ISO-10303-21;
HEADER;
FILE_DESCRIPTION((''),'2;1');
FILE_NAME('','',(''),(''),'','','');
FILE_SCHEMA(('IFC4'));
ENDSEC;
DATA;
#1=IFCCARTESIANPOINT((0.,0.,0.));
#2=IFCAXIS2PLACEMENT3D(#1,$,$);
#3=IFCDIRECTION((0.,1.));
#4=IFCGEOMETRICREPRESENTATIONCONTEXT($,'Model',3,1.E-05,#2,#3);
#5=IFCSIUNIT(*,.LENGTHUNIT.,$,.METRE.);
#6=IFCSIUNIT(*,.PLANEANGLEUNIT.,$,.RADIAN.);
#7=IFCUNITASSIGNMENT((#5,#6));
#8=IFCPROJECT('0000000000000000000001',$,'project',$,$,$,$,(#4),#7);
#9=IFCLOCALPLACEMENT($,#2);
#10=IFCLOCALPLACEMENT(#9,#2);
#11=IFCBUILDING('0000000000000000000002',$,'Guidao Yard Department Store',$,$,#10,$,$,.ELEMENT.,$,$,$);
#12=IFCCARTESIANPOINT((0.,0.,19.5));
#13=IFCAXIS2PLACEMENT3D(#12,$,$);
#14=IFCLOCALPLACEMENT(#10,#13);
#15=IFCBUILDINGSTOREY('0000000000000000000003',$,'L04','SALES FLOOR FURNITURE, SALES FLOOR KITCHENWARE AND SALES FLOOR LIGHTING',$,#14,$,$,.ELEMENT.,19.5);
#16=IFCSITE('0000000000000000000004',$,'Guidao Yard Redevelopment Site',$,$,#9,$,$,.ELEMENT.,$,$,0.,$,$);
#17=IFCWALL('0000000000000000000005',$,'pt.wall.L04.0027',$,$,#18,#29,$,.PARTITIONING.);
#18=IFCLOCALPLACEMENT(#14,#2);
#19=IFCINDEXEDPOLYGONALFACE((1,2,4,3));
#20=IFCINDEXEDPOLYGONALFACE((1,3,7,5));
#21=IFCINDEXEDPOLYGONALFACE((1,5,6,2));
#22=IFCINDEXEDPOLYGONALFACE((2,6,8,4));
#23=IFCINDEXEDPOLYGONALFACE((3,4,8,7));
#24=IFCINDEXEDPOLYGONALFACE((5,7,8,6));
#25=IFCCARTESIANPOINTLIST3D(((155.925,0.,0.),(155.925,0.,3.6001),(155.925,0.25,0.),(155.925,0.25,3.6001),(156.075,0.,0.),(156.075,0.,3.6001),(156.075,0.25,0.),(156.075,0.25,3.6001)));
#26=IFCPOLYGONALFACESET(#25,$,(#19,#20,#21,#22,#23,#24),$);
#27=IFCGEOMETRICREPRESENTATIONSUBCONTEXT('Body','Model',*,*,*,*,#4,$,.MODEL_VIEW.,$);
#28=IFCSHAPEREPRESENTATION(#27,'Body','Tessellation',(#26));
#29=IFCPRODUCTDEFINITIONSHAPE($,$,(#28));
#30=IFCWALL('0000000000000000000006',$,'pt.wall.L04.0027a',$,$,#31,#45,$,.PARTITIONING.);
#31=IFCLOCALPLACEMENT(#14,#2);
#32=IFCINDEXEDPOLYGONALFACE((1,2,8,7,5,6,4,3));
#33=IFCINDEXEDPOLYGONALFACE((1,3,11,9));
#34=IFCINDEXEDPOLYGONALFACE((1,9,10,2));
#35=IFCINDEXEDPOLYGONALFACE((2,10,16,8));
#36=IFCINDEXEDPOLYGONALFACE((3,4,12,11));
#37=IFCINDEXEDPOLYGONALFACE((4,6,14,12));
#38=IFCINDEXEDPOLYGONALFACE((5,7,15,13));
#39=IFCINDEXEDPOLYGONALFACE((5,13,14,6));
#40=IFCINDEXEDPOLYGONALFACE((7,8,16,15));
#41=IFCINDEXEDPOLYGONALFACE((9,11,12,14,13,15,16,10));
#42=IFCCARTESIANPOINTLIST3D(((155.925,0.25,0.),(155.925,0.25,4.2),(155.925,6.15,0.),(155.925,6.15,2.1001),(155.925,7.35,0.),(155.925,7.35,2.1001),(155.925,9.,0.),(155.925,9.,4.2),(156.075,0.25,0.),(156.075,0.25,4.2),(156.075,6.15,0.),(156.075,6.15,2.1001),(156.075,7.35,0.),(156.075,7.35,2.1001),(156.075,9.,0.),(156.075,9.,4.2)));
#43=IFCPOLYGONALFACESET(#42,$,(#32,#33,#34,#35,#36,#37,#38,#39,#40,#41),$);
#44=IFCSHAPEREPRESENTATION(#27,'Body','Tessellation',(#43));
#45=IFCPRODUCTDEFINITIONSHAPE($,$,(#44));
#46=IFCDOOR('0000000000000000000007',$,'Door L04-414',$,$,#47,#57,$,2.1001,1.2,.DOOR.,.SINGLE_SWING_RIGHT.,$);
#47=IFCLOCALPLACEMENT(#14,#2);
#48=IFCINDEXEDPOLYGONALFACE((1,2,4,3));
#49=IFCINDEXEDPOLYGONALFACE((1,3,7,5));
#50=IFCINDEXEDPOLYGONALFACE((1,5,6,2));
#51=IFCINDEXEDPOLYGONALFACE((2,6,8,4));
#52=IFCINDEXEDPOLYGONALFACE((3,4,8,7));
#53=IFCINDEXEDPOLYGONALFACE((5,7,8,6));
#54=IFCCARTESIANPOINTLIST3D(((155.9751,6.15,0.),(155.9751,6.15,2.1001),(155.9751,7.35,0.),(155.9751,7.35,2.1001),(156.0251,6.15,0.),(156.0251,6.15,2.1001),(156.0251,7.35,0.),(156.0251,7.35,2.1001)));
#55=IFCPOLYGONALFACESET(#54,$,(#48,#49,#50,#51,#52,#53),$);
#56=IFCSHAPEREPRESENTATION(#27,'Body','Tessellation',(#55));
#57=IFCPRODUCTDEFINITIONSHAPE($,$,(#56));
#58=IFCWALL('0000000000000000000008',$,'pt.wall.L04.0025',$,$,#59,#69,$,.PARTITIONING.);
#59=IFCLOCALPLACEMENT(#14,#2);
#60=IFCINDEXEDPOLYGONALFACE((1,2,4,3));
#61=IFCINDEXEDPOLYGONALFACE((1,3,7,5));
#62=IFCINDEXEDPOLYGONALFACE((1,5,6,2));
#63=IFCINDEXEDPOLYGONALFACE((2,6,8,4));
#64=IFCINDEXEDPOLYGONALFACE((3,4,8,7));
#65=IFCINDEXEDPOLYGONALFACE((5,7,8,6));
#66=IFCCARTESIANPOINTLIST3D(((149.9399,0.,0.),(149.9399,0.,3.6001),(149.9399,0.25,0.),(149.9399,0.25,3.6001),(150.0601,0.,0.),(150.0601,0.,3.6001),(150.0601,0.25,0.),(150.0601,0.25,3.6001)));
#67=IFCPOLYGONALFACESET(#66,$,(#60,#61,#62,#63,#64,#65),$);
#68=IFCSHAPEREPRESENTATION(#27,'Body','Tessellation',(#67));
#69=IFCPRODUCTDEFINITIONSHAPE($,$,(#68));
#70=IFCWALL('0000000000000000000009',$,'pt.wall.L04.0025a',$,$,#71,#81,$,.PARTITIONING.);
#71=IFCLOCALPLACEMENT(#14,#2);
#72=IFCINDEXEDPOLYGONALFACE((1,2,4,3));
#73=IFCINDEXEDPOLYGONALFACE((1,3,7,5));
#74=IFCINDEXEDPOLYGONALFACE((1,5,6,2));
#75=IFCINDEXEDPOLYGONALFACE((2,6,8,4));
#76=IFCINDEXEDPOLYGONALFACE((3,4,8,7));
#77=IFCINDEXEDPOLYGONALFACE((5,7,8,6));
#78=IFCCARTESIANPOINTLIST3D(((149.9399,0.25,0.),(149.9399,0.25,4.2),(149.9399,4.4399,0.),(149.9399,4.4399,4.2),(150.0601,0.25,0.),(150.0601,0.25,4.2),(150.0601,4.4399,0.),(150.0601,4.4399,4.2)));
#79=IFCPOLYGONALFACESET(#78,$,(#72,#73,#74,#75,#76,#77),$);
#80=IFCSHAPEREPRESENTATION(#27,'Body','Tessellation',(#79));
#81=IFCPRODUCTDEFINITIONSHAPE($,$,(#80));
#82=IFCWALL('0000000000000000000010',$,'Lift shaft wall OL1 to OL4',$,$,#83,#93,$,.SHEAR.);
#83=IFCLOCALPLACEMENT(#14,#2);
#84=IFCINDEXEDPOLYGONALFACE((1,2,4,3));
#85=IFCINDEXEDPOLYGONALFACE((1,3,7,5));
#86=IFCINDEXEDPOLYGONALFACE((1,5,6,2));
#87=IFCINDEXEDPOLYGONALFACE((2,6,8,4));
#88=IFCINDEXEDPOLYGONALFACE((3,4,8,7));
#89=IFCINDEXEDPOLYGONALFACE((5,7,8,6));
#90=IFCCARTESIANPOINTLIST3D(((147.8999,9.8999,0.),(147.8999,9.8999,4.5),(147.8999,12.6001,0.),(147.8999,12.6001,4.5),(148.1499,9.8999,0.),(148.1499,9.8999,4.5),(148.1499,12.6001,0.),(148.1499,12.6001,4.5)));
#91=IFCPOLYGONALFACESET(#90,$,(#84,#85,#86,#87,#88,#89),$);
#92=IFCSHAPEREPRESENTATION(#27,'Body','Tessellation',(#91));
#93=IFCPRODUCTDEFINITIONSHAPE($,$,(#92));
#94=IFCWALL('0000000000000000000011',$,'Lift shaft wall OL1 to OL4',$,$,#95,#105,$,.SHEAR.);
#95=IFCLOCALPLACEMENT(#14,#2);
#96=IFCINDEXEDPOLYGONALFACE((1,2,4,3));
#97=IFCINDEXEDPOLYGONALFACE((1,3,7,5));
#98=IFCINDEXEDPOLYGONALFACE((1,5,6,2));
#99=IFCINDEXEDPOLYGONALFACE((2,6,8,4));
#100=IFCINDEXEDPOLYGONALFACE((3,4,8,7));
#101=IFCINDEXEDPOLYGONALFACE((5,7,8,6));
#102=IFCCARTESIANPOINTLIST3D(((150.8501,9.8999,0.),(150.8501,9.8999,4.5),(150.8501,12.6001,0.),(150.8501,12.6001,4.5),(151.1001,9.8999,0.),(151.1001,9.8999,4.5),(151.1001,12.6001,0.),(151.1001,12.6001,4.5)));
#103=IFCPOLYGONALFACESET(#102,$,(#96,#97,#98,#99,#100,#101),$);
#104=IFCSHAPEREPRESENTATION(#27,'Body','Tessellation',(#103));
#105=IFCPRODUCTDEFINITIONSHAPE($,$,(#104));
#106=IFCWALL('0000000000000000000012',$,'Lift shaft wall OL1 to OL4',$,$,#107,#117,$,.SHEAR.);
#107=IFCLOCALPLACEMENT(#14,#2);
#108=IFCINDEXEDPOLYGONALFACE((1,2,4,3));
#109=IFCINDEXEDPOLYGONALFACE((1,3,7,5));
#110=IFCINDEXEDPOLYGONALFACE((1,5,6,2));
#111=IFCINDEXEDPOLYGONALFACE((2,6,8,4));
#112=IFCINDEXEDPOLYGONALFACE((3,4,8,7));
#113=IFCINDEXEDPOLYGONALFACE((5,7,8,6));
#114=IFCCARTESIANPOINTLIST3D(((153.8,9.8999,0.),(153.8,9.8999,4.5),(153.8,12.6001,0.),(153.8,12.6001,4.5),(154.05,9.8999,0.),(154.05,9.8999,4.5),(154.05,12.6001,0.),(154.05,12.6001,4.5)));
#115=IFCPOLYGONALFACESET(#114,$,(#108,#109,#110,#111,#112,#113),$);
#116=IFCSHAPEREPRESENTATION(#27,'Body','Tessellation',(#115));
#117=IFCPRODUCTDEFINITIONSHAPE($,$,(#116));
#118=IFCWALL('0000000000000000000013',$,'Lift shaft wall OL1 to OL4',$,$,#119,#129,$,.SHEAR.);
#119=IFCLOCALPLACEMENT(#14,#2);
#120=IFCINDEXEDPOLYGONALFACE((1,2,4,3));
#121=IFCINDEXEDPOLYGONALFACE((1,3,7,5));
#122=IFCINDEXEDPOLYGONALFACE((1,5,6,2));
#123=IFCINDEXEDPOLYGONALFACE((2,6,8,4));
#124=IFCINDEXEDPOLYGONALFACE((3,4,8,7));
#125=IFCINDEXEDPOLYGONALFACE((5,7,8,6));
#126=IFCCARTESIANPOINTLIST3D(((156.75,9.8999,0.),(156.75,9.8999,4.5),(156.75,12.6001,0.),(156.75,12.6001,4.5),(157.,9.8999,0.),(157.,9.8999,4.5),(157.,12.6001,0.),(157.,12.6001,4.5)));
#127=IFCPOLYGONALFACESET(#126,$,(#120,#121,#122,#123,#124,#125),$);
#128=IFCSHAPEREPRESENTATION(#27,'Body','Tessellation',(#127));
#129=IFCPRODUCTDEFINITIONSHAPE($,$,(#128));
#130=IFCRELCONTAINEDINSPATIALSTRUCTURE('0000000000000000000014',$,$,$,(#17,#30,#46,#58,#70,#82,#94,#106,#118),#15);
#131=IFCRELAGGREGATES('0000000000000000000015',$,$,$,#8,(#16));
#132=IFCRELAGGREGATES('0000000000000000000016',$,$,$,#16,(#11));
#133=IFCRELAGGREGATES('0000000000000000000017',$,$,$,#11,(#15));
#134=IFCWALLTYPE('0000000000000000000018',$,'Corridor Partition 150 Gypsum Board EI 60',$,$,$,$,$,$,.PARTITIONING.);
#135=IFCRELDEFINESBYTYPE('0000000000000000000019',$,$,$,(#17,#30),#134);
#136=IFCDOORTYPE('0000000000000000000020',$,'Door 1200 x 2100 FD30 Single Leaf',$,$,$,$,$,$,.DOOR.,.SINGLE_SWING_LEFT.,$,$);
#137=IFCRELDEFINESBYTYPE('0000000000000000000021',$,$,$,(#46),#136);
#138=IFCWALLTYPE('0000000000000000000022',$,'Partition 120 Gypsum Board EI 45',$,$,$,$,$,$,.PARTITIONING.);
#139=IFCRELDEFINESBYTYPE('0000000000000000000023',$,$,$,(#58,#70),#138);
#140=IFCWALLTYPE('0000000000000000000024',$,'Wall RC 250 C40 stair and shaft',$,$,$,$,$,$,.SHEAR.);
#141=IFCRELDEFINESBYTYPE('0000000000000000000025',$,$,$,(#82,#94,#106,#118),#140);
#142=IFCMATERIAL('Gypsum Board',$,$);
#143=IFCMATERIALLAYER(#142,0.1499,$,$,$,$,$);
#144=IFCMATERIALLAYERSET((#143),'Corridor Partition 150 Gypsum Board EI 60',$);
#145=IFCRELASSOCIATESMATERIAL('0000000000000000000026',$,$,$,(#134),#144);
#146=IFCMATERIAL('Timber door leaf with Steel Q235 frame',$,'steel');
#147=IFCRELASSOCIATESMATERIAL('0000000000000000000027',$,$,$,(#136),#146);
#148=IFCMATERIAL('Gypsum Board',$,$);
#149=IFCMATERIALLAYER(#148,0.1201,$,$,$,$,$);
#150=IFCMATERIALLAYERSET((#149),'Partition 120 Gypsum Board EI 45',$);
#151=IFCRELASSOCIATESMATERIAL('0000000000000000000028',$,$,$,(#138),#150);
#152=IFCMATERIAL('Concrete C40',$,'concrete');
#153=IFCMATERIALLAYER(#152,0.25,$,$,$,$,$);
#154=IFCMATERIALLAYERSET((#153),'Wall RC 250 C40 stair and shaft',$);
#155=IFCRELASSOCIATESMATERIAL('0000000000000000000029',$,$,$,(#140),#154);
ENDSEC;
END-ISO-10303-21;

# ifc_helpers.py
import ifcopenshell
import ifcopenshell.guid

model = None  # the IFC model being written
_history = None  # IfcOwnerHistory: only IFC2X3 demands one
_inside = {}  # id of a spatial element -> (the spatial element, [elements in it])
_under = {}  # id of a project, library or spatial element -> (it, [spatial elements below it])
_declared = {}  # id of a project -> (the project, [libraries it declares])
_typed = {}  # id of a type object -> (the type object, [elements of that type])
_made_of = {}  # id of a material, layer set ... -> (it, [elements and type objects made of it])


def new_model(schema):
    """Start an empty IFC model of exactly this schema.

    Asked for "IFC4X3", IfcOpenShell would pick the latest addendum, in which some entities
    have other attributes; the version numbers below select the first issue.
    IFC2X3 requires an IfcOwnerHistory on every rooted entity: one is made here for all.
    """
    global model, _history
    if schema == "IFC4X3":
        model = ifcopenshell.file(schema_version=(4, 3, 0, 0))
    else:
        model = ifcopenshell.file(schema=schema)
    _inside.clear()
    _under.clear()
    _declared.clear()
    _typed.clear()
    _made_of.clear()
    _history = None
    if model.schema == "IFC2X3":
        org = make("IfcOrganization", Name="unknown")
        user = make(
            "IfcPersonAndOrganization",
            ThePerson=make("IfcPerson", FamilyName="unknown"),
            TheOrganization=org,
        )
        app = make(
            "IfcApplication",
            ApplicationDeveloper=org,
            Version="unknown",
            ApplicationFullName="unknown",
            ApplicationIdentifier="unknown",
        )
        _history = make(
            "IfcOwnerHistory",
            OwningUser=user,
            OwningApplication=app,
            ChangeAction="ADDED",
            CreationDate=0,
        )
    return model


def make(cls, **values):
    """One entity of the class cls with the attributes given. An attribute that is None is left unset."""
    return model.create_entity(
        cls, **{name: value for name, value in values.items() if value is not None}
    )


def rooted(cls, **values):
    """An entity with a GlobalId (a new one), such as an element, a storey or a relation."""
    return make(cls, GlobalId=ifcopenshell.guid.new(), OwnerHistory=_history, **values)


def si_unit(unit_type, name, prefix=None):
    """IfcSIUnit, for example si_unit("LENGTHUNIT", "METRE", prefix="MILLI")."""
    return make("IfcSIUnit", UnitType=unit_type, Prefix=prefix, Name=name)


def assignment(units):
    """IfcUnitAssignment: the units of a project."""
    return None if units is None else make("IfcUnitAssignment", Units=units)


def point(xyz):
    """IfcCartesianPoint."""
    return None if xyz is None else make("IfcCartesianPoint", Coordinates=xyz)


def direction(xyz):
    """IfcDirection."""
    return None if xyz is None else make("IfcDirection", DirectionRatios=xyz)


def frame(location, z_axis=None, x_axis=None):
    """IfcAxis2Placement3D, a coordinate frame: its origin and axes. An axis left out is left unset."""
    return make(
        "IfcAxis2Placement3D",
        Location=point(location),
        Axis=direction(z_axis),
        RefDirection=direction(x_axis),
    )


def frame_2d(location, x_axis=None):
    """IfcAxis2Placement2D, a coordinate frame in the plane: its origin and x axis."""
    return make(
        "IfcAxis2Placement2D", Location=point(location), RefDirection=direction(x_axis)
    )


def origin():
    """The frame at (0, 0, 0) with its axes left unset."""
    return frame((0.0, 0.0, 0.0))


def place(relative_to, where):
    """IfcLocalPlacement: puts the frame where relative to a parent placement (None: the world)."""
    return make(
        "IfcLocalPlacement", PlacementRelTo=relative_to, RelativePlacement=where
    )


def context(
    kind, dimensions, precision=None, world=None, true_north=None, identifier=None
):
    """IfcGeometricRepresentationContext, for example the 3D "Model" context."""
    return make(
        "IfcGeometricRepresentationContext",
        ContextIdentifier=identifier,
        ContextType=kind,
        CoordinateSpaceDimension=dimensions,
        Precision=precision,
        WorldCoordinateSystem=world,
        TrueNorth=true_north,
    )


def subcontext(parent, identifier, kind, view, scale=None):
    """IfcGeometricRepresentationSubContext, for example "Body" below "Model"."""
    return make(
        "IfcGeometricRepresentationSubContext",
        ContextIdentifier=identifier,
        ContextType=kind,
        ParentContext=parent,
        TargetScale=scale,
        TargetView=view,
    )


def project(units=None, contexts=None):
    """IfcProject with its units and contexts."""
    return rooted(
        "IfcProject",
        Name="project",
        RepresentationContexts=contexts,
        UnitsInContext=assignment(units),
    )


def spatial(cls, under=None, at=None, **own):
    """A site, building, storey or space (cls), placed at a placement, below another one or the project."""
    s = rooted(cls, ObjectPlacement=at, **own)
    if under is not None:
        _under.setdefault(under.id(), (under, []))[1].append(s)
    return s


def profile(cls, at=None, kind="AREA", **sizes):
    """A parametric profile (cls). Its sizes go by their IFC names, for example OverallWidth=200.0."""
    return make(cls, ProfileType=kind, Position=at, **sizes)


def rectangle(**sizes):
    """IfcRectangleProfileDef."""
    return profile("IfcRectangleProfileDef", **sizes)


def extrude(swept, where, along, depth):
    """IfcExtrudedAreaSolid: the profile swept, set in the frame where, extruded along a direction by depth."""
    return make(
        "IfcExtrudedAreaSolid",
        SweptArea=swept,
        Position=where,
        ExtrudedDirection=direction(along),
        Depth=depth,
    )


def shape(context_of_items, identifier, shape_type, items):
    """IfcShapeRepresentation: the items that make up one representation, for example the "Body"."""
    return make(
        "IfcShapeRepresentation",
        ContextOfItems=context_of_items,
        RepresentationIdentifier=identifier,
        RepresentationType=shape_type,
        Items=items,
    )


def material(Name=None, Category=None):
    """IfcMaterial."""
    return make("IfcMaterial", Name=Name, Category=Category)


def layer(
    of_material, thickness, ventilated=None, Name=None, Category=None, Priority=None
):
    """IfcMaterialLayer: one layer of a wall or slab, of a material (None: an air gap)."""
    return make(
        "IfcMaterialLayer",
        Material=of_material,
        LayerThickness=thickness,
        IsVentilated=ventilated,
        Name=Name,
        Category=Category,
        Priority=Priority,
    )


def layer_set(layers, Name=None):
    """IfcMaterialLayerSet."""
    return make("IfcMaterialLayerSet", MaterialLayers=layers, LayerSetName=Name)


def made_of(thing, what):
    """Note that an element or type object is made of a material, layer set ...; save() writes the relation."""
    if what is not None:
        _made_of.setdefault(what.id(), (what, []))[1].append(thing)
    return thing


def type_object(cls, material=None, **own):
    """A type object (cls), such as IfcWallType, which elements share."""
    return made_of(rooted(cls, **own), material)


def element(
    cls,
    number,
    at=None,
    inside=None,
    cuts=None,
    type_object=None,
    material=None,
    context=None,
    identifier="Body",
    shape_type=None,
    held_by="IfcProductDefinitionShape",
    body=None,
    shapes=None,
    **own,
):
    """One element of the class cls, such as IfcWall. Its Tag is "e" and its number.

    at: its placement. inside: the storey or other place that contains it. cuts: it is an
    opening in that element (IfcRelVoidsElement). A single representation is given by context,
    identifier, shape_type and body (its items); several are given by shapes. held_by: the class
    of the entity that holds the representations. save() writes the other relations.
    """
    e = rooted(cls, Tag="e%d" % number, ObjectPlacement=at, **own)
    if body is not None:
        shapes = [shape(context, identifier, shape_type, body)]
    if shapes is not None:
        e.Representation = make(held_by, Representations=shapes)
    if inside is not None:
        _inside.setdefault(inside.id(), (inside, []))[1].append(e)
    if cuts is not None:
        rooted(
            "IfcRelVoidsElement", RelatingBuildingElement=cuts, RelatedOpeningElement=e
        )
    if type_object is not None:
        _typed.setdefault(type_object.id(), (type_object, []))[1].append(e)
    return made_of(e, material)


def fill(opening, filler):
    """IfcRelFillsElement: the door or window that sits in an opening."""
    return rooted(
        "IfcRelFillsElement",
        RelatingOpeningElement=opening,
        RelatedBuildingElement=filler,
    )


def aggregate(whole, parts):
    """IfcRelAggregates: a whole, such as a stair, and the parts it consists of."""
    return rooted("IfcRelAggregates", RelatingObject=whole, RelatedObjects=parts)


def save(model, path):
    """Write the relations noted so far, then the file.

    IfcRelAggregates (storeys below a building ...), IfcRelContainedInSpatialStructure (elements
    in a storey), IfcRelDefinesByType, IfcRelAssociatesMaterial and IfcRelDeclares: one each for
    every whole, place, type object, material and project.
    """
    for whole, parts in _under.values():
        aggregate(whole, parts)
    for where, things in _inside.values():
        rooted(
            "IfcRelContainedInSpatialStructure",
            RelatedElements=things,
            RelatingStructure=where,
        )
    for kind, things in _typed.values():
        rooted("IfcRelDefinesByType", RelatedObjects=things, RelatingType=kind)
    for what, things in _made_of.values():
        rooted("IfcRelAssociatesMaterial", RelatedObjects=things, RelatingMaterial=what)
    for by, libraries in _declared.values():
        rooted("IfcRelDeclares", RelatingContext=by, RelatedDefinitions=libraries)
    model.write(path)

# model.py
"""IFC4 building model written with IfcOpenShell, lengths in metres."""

from ifc_helpers import new_model, si_unit, direction, frame, frame_2d, origin, place, context, subcontext, project, spatial, rectangle, extrude, material, layer, layer_set, type_object, element, fill, save


model = new_model("IFC4")

# Units and contexts
model_context = context("Model", 3, precision=1e-05, world=origin(), true_north=direction((0.0, 1.0)))
body_context = subcontext(model_context, "Body", "Model", "MODEL_VIEW")
ifc_project = project(units=[si_unit("LENGTHUNIT", "METRE"), si_unit("PLANEANGLEUNIT", "RADIAN")], contexts=[model_context])

# Site, building, storey
site_placement = place(None, origin())
site = spatial("IfcSite", under=ifc_project, at=site_placement, Name="Guidao Yard Redevelopment Site", CompositionType="ELEMENT", RefElevation=0.0)
building_placement = place(site_placement, origin())
building = spatial("IfcBuilding", under=site, at=building_placement, Name="Guidao Yard Department Store", CompositionType="ELEMENT")
storey_placement = place(building_placement, frame((0.0, 0.0, 19.5)))
storey = spatial("IfcBuildingStorey", under=building, at=storey_placement, Name="L04", Description="SALES FLOOR FURNITURE, SALES FLOOR KITCHENWARE AND SALES FLOOR LIGHTING", CompositionType="ELEMENT", Elevation=19.5)

# Wall
ifc_material_1 = material(Name="Gypsum Board")
ifc_layer_1 = layer(ifc_material_1, 0.1499)
ifc_layer_set_1 = layer_set([ifc_layer_1], Name="Corridor Partition 150 Gypsum Board EI 60")
wall_type_1 = type_object("IfcWallType", Name="Corridor Partition 150 Gypsum Board EI 60", PredefinedType="PARTITIONING", material=ifc_layer_set_1)
wall_1_placement = place(storey_placement, frame((156.0, 0.0, 0.0), z_axis=(0.0, 0.0, 1.0), x_axis=(0.0, 1.0, 0.0)))
element("IfcWall", 1, at=wall_1_placement, inside=storey, type_object=wall_type_1, Name="pt.wall.L04.0027", PredefinedType="PARTITIONING", context=body_context, shape_type="SweptSolid", body=[
    extrude(rectangle(XDim=0.25, YDim=0.1499, at=frame_2d((0.125, 0.0))), origin(), (0.0, 0.0, 1.0), 3.6001),
])

# Wall, opening, door
wall_2_placement = place(storey_placement, frame((156.0, 0.25, 0.0), z_axis=(0.0, 0.0, 1.0), x_axis=(0.0, 1.0, 0.0)))
wall_2 = element("IfcWall", 2, at=wall_2_placement, inside=storey, type_object=wall_type_1, Name="pt.wall.L04.0027a", PredefinedType="PARTITIONING", context=body_context, shape_type="SweptSolid", body=[
    extrude(rectangle(XDim=8.75, YDim=0.1499, at=frame_2d((4.375, 0.0))), origin(), (0.0, 0.0, 1.0), 4.2),
])
opening_placement = place(wall_2_placement, frame((5.8999, 0.0, 0.0)))
opening = element("IfcOpeningElement", 3, at=opening_placement, cuts=wall_2, PredefinedType="OPENING", context=body_context, shape_type="SweptSolid", body=[
    extrude(rectangle(XDim=1.2, YDim=2.1001, at=frame_2d((0.6001, 1.05))), frame((0.0, 0.085, 0.0), z_axis=(0.0, -1.0, 0.0), x_axis=(1.0, 0.0, 0.0)), (0.0, 0.0, 1.0), 0.1699),
])
ifc_material_2 = material(Name="Timber door leaf with Steel Q235 frame", Category="steel")
door_type = type_object("IfcDoorType", Name="Door 1200 x 2100 FD30 Single Leaf", OperationType="SINGLE_SWING_LEFT", PredefinedType="DOOR", material=ifc_material_2)
door_placement = place(opening_placement, origin())
door = element("IfcDoor", 4, at=door_placement, inside=storey, type_object=door_type, Name="Door L04-414", OperationType="SINGLE_SWING_RIGHT", OverallHeight=2.1001, OverallWidth=1.2, PredefinedType="DOOR", context=body_context, shape_type="SweptSolid", body=[
    extrude(rectangle(XDim=1.2, YDim=2.1001, at=frame_2d((0.6001, 1.05))), frame((0.0, 0.0249, 0.0), z_axis=(0.0, -1.0, 0.0), x_axis=(1.0, 0.0, 0.0)), (0.0, 0.0, 1.0), 0.05),
])
fill(opening, door)

# Walls
ifc_material_3 = material(Name="Gypsum Board")
ifc_layer_2 = layer(ifc_material_3, 0.1201)
ifc_layer_set_2 = layer_set([ifc_layer_2], Name="Partition 120 Gypsum Board EI 45")
wall_type_2 = type_object("IfcWallType", Name="Partition 120 Gypsum Board EI 45", PredefinedType="PARTITIONING", material=ifc_layer_set_2)
wall_3_placement = place(storey_placement, frame((150.0, 0.0, 0.0), z_axis=(0.0, 0.0, 1.0), x_axis=(0.0, 1.0, 0.0)))
element("IfcWall", 5, at=wall_3_placement, inside=storey, type_object=wall_type_2, Name="pt.wall.L04.0025", PredefinedType="PARTITIONING", context=body_context, shape_type="SweptSolid", body=[
    extrude(rectangle(XDim=0.25, YDim=0.1201, at=frame_2d((0.125, 0.0))), origin(), (0.0, 0.0, 1.0), 3.6001),
])
wall_4_placement = place(storey_placement, frame((150.0, 0.25, 0.0), z_axis=(0.0, 0.0, 1.0), x_axis=(0.0, 1.0, 0.0)))
element("IfcWall", 6, at=wall_4_placement, inside=storey, type_object=wall_type_2, Name="pt.wall.L04.0025a", PredefinedType="PARTITIONING", context=body_context, shape_type="SweptSolid", body=[
    extrude(rectangle(XDim=4.1899, YDim=0.1201, at=frame_2d((2.095, 0.0))), origin(), (0.0, 0.0, 1.0), 4.2),
])
ifc_material_4 = material(Name="Concrete C40", Category="concrete")
ifc_layer_3 = layer(ifc_material_4, 0.25)
ifc_layer_set_3 = layer_set([ifc_layer_3], Name="Wall RC 250 C40 stair and shaft")
wall_type_3 = type_object("IfcWallType", Name="Wall RC 250 C40 stair and shaft", PredefinedType="SHEAR", material=ifc_layer_set_3)
for number, where, z_axis, x_axis, name in (
    (7, (148.0249, 9.8999, 0.0), (0.0, 0.0, 1.0), (0.0, 1.0, 0.0), "Lift shaft wall OL1 to OL4"),
    (8, (150.9751, 9.8999, 0.0), (0.0, 0.0, 1.0), (0.0, 1.0, 0.0), "Lift shaft wall OL1 to OL4"),
    (9, (153.925, 9.8999, 0.0), (0.0, 0.0, 1.0), (0.0, 1.0, 0.0), "Lift shaft wall OL1 to OL4"),
    (10, (156.875, 9.8999, 0.0), (0.0, 0.0, 1.0), (0.0, 1.0, 0.0), "Lift shaft wall OL1 to OL4"),
):
    element("IfcWall", number, at=place(storey_placement, frame(where, z_axis=z_axis, x_axis=x_axis)), inside=storey, type_object=wall_type_3, Name=name, PredefinedType="SHEAR", context=body_context, shape_type="SweptSolid", body=[
        extrude(rectangle(XDim=2.7002, YDim=0.25, at=frame_2d((1.3501, 0.0))), origin(), (0.0, 0.0, 1.0), 4.5),
    ])

save(model, "model.ifc")
